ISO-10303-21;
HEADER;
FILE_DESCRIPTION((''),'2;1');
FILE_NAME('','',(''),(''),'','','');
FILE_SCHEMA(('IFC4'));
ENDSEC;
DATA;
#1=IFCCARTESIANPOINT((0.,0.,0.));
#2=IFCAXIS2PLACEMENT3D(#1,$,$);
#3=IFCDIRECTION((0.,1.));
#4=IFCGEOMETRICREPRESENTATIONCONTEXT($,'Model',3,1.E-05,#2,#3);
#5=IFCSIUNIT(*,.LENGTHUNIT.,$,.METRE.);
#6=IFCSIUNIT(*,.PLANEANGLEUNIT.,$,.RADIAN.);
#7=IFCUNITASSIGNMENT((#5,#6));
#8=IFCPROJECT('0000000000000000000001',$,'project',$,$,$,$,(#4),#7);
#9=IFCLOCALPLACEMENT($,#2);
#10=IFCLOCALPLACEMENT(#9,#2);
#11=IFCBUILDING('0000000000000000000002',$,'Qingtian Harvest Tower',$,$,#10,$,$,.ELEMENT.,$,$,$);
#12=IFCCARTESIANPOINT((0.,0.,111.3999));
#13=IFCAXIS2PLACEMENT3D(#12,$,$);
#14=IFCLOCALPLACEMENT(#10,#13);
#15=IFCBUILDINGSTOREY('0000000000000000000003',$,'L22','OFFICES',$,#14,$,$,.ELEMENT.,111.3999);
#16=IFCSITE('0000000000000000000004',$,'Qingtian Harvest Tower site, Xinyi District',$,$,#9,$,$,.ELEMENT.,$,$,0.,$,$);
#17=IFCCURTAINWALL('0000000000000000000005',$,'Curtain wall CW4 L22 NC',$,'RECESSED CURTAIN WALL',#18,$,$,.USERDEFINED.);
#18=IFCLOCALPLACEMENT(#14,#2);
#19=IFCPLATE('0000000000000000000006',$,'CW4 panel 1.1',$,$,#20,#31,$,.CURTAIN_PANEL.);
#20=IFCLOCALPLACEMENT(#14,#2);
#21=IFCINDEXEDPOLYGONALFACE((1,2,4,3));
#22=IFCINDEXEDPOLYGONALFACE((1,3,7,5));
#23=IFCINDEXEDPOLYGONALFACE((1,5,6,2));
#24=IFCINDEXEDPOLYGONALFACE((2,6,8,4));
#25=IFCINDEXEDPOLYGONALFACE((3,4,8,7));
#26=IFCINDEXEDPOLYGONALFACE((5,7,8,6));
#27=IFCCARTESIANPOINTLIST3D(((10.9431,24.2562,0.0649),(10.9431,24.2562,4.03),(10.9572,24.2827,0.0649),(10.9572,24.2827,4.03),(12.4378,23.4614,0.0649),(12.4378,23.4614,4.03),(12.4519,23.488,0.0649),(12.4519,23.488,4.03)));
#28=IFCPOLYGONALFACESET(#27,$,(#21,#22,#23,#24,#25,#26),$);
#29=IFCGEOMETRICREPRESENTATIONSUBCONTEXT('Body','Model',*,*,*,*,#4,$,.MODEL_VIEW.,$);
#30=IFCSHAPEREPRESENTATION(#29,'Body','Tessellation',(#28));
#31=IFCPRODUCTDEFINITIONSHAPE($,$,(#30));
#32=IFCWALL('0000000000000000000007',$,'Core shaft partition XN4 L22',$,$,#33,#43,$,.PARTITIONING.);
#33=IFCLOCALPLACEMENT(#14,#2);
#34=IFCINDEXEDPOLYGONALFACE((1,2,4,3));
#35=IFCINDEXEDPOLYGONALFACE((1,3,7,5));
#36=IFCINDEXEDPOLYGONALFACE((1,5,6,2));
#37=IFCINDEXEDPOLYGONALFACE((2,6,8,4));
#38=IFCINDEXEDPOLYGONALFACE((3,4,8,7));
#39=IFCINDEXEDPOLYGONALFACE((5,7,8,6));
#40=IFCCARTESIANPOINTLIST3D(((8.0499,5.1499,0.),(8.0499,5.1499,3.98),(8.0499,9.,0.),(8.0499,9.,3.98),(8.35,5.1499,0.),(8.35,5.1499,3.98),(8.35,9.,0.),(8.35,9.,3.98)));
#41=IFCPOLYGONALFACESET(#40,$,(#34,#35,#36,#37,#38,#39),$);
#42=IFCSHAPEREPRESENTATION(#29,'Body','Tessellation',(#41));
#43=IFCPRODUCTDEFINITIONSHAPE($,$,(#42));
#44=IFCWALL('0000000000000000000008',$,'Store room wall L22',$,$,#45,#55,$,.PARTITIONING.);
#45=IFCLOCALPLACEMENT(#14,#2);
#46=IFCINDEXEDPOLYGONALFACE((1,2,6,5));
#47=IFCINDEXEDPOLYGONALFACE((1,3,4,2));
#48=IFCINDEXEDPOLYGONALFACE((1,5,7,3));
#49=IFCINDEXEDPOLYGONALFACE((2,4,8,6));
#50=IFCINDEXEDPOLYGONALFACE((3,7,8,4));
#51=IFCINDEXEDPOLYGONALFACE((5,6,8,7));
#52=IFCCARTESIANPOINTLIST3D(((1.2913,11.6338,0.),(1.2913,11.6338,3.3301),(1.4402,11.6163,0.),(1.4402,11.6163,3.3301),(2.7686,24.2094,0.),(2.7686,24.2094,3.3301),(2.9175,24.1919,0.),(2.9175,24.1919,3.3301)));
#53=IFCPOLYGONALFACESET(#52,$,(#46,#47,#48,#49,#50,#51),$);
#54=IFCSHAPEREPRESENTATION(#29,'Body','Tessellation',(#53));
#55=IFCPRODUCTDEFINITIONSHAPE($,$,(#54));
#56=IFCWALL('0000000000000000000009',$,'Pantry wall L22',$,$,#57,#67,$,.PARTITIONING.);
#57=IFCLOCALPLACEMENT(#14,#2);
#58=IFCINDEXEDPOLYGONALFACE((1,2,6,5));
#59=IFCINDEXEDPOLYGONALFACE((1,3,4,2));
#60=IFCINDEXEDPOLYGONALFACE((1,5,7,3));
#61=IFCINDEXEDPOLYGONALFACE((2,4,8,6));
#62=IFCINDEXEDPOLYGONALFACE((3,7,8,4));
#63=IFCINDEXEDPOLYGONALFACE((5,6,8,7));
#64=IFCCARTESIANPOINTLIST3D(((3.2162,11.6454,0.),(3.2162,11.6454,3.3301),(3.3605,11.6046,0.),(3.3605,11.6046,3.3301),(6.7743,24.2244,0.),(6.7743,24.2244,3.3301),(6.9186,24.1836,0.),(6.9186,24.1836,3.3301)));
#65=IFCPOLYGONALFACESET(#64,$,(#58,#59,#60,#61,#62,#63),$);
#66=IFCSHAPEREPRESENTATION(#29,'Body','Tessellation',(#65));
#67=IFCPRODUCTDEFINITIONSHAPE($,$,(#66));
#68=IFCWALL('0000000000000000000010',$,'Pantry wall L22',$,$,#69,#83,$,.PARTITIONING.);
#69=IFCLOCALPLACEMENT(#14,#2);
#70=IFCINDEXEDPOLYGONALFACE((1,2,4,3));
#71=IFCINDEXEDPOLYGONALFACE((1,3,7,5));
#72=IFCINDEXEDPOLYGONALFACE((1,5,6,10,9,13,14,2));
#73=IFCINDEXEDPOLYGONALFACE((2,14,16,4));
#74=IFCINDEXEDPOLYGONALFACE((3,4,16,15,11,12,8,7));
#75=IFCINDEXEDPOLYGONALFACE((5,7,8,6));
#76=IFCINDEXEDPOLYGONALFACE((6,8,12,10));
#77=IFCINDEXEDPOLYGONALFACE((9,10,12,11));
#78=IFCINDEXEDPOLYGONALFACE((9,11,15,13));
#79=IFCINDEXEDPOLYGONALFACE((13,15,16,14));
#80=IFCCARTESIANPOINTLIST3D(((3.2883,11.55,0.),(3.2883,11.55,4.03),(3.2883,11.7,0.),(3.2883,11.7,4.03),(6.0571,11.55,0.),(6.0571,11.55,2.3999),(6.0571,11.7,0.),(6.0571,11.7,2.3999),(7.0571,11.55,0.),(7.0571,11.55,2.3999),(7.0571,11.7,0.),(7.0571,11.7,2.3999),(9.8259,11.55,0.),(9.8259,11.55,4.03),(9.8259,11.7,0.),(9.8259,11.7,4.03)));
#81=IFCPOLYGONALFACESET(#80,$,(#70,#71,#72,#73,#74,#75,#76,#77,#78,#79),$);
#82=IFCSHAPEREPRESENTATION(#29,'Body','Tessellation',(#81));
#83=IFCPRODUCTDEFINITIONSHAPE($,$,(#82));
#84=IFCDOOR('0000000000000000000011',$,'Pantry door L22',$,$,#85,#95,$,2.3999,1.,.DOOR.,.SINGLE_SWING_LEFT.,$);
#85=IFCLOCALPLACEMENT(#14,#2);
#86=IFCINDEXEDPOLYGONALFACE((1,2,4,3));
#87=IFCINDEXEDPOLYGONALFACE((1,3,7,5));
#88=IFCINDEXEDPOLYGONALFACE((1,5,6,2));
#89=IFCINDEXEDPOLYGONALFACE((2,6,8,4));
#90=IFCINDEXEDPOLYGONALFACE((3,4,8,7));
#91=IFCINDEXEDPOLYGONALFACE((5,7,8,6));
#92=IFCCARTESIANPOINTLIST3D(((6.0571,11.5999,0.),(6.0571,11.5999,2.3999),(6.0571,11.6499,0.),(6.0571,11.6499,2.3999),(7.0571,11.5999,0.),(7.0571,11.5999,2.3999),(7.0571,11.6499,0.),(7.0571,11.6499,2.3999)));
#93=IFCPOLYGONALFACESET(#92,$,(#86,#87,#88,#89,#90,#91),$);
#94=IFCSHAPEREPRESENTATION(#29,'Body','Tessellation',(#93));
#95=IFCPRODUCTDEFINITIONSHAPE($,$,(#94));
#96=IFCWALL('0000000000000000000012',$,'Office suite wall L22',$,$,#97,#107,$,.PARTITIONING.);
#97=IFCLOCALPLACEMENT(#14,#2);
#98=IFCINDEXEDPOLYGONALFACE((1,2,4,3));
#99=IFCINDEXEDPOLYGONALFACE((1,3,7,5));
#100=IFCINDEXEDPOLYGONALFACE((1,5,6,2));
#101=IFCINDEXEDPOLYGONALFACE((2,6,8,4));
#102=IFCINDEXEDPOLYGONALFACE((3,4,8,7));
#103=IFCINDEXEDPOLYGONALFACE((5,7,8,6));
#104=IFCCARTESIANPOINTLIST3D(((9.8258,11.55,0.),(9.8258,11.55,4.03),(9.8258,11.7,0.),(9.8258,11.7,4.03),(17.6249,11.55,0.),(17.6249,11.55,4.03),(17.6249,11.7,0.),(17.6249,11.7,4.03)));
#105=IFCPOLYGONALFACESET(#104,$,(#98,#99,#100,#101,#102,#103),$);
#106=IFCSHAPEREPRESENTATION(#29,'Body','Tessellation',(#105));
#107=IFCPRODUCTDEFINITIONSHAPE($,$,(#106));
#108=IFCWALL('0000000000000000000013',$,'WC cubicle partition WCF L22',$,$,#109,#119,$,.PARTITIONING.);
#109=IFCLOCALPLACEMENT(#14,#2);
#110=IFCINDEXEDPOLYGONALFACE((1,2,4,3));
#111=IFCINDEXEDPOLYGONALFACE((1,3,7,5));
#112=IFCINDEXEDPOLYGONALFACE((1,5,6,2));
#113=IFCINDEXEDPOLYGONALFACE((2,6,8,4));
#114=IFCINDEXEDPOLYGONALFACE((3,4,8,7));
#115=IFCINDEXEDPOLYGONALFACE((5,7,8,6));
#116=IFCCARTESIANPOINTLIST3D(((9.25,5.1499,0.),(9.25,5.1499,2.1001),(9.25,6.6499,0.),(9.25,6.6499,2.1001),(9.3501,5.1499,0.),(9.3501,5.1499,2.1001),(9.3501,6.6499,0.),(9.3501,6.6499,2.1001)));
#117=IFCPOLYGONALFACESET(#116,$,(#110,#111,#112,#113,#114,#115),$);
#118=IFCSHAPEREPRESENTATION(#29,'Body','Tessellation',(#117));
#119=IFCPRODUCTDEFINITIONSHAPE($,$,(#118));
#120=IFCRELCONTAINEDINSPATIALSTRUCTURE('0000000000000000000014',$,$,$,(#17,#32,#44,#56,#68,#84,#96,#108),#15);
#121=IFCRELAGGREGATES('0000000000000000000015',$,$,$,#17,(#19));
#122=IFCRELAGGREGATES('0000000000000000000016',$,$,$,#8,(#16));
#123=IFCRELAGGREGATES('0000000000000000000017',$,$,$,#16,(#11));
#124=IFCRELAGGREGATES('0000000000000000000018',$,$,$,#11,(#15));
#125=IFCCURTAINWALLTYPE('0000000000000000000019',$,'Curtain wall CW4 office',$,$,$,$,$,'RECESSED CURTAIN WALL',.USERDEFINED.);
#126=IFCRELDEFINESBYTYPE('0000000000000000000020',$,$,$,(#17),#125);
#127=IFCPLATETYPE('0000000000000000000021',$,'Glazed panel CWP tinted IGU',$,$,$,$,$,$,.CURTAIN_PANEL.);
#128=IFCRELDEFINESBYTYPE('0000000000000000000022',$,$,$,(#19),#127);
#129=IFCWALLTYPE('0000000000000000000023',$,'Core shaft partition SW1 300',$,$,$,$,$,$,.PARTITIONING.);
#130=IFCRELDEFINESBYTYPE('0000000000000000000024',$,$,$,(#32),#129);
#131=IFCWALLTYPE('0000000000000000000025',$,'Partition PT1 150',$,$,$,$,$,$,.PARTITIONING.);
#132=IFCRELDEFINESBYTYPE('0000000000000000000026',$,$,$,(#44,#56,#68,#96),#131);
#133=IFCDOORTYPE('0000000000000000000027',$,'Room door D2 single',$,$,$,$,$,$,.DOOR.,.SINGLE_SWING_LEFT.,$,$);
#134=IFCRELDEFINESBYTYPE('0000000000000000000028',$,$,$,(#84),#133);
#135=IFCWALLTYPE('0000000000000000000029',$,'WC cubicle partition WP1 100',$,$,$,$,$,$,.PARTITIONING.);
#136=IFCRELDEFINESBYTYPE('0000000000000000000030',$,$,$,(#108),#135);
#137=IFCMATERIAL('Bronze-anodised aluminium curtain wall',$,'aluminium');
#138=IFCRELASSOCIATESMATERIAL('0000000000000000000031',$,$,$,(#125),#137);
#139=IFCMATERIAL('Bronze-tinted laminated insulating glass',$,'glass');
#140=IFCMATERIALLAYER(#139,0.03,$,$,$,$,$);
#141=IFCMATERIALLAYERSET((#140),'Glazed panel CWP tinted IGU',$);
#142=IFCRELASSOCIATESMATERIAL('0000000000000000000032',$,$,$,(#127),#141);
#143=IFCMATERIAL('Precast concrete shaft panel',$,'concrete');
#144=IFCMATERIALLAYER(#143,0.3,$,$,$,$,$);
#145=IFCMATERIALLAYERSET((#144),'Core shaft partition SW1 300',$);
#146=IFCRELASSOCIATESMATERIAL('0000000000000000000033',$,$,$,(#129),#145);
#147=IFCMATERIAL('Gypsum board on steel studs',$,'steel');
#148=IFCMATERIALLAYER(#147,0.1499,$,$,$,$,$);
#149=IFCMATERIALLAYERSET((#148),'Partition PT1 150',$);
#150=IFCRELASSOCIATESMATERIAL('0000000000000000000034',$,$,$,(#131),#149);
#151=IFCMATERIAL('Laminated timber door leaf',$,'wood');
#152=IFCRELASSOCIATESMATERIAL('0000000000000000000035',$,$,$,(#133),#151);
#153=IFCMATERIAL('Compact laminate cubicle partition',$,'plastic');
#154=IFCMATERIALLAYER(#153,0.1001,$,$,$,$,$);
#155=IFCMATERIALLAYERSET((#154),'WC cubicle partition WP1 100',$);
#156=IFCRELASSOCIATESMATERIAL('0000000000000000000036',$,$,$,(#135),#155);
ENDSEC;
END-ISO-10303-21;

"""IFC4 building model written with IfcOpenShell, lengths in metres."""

from ifc_helpers import new_model, si_unit, direction, frame, frame_2d, origin, origin_2d, place, context, subcontext, project, spatial, rectangle, extrude, material, layer, layer_set, type_object, element, fill, aggregate, save


model = new_model("IFC4")

# Units and contexts
model_context = context("Model", 3, precision=1e-05, world=origin(), true_north=direction((0.0, 1.0)))
body_context = subcontext(model_context, "Body", "Model", "MODEL_VIEW")
ifc_project = project(units=[si_unit("LENGTHUNIT", "METRE"), si_unit("PLANEANGLEUNIT", "RADIAN")], contexts=[model_context])

# Site, building, storey
site_placement = place(None, origin())
site = spatial("IfcSite", under=ifc_project, at=site_placement, Name="Qingtian Harvest Tower site, Xinyi District", CompositionType="ELEMENT", RefElevation=0.0)
building_placement = place(site_placement, origin())
building = spatial("IfcBuilding", under=site, at=building_placement, Name="Qingtian Harvest Tower", CompositionType="ELEMENT")
storey_placement = place(building_placement, frame((0.0, 0.0, 111.3999)))
storey = spatial("IfcBuildingStorey", under=building, at=storey_placement, Name="L22", Description="OFFICES", CompositionType="ELEMENT", Elevation=111.3999)

# Shared definitions
ifc_material_1 = material(Name="Bronze-anodised aluminium curtain wall", Category="aluminium")
curtain_wall_type = type_object("IfcCurtainWallType", Name="Curtain wall CW4 office", ElementType="RECESSED CURTAIN WALL", PredefinedType="USERDEFINED", material=ifc_material_1)

# Curtain wall
curtain_wall_1_placement = place(storey_placement, origin())
curtain_wall_1 = element("IfcCurtainWall", 1, at=curtain_wall_1_placement, inside=storey, type_object=curtain_wall_type, Name="Curtain wall CW4 L22 NC", ObjectType="RECESSED CURTAIN WALL", PredefinedType="USERDEFINED")

# Plate
ifc_material_2 = material(Name="Bronze-tinted laminated insulating glass", Category="glass")
ifc_layer_1 = layer(ifc_material_2, 0.03)
ifc_layer_set_1 = layer_set([ifc_layer_1], Name="Glazed panel CWP tinted IGU")
plate_type = type_object("IfcPlateType", Name="Glazed panel CWP tinted IGU", PredefinedType="CURTAIN_PANEL", material=ifc_layer_set_1)
plate_1_placement = place(storey_placement, frame((11.6975, 23.8721, 0.0649), z_axis=(0.0, 0.0, 1.0), x_axis=(0.882948, -0.469472, 0.0)))
plate_1 = element("IfcPlate", 2, at=plate_1_placement, type_object=plate_type, Name="CW4 panel 1.1", PredefinedType="CURTAIN_PANEL", context=body_context, shape_type="SweptSolid", body=[
    extrude(rectangle(XDim=1.6929, YDim=0.03, at=origin_2d()), origin(), (0.0, 0.0, 1.0), 3.9651),
])
aggregate(curtain_wall_1, [plate_1])

# Walls
ifc_material_3 = material(Name="Precast concrete shaft panel", Category="concrete")
ifc_layer_2 = layer(ifc_material_3, 0.3)
ifc_layer_set_2 = layer_set([ifc_layer_2], Name="Core shaft partition SW1 300")
wall_type_1 = type_object("IfcWallType", Name="Core shaft partition SW1 300", PredefinedType="PARTITIONING", material=ifc_layer_set_2)
wall_1_placement = place(storey_placement, frame((8.2, 5.1499, 0.0), z_axis=(0.0, 0.0, 1.0), x_axis=(0.0, 1.0, 0.0)))
element("IfcWall", 3, at=wall_1_placement, inside=storey, type_object=wall_type_1, Name="Core shaft partition XN4 L22", PredefinedType="PARTITIONING", context=body_context, shape_type="SweptSolid", body=[
    extrude(rectangle(XDim=3.8501, YDim=0.3, at=frame_2d((1.925, 0.0))), origin(), (0.0, 0.0, 1.0), 3.98),
])
ifc_material_4 = material(Name="Gypsum board on steel studs", Category="steel")
ifc_layer_3 = layer(ifc_material_4, 0.1499)
ifc_layer_set_3 = layer_set([ifc_layer_3], Name="Partition PT1 150")
wall_type_2 = type_object("IfcWallType", Name="Partition PT1 150", PredefinedType="PARTITIONING", material=ifc_layer_set_3)
wall_2_placement = place(storey_placement, frame((2.843, 24.2007, 0.0), z_axis=(0.0, 0.0, 1.0), x_axis=(-0.11667, -0.993171, 0.0)))
element("IfcWall", 4, at=wall_2_placement, inside=storey, type_object=wall_type_2, Name="Store room wall L22", PredefinedType="PARTITIONING", context=body_context, shape_type="SweptSolid", body=[
    extrude(rectangle(XDim=12.6621, YDim=0.1499, at=frame_2d((6.3311, 0.0))), origin(), (0.0, 0.0, 1.0), 3.3301),
])

# Shared definitions
ifc_material_5 = material(Name="Laminated timber door leaf", Category="wood")
door_type = type_object("IfcDoorType", Name="Room door D2 single", OperationType="SINGLE_SWING_LEFT", PredefinedType="DOOR", material=ifc_material_5)

# Wall
wall_3_placement = place(storey_placement, frame((6.8464, 24.2039, 0.0), z_axis=(0.0, 0.0, 1.0), x_axis=(-0.272184, -0.962245, 0.0)))
element("IfcWall", 5, at=wall_3_placement, inside=storey, type_object=wall_type_2, Name="Pantry wall L22", PredefinedType="PARTITIONING", context=body_context, shape_type="SweptSolid", body=[
    extrude(rectangle(XDim=13.0725, YDim=0.1499, at=frame_2d((6.5361, 0.0))), origin(), (0.0, 0.0, 1.0), 3.3301),
])

# Wall, opening, door
wall_4_placement = place(storey_placement, frame((3.2883, 11.625, 0.0), z_axis=(0.0, 0.0, 1.0), x_axis=(1.0, 0.0, 0.0)))
wall_4 = element("IfcWall", 6, at=wall_4_placement, inside=storey, type_object=wall_type_2, Name="Pantry wall L22", PredefinedType="PARTITIONING", context=body_context, shape_type="SweptSolid", body=[
    extrude(rectangle(XDim=6.5376, YDim=0.1499, at=frame_2d((3.2688, 0.0))), origin(), (0.0, 0.0, 1.0), 4.03),
])
opening_1_placement = place(wall_4_placement, frame((2.7688, 0.0, 0.0)))
opening_1 = element("IfcOpeningElement", 7, at=opening_1_placement, cuts=wall_4, PredefinedType="OPENING", context=body_context, shape_type="SweptSolid", body=[
    extrude(rectangle(XDim=1.0, YDim=2.3999, at=frame_2d((0.5, 1.2))), frame((0.0, 0.085, 0.0), z_axis=(0.0, -1.0, 0.0), x_axis=(1.0, 0.0, 0.0)), (0.0, 0.0, 1.0), 0.1699),
])
door_1_placement = place(opening_1_placement, origin())
door_1 = element("IfcDoor", 8, at=door_1_placement, inside=storey, type_object=door_type, Name="Pantry door L22", OperationType="SINGLE_SWING_LEFT", OverallHeight=2.3999, OverallWidth=1.0, PredefinedType="DOOR", context=body_context, shape_type="SweptSolid", body=[
    extrude(rectangle(XDim=1.0, YDim=2.3999, at=frame_2d((0.5, 1.2))), frame((0.0, 0.0249, 0.0), z_axis=(0.0, -1.0, 0.0), x_axis=(1.0, 0.0, 0.0)), (0.0, 0.0, 1.0), 0.05),
])
fill(opening_1, door_1)

# Walls
wall_5_placement = place(storey_placement, frame((9.8259, 11.625, 0.0), z_axis=(0.0, 0.0, 1.0), x_axis=(1.0, 0.0, 0.0)))
element("IfcWall", 9, at=wall_5_placement, inside=storey, type_object=wall_type_2, Name="Office suite wall L22", PredefinedType="PARTITIONING", context=body_context, shape_type="SweptSolid", body=[
    extrude(rectangle(XDim=7.7991, YDim=0.1499, at=frame_2d((3.8994, 0.0))), origin(), (0.0, 0.0, 1.0), 4.03),
])
ifc_material_6 = material(Name="Compact laminate cubicle partition", Category="plastic")
ifc_layer_4 = layer(ifc_material_6, 0.1001)
ifc_layer_set_4 = layer_set([ifc_layer_4], Name="WC cubicle partition WP1 100")
wall_type_3 = type_object("IfcWallType", Name="WC cubicle partition WP1 100", PredefinedType="PARTITIONING", material=ifc_layer_set_4)
wall_6_placement = place(storey_placement, frame((9.3, 5.1499, 0.0), z_axis=(0.0, 0.0, 1.0), x_axis=(0.0, 1.0, 0.0)))
element("IfcWall", 10, at=wall_6_placement, inside=storey, type_object=wall_type_3, Name="WC cubicle partition WCF L22", PredefinedType="PARTITIONING", context=body_context, shape_type="SweptSolid", body=[
    extrude(rectangle(XDim=1.5, YDim=0.1001, at=frame_2d((0.75, 0.0))), origin(), (0.0, 0.0, 1.0), 2.1001),
])

save(model, "model.ifc")
